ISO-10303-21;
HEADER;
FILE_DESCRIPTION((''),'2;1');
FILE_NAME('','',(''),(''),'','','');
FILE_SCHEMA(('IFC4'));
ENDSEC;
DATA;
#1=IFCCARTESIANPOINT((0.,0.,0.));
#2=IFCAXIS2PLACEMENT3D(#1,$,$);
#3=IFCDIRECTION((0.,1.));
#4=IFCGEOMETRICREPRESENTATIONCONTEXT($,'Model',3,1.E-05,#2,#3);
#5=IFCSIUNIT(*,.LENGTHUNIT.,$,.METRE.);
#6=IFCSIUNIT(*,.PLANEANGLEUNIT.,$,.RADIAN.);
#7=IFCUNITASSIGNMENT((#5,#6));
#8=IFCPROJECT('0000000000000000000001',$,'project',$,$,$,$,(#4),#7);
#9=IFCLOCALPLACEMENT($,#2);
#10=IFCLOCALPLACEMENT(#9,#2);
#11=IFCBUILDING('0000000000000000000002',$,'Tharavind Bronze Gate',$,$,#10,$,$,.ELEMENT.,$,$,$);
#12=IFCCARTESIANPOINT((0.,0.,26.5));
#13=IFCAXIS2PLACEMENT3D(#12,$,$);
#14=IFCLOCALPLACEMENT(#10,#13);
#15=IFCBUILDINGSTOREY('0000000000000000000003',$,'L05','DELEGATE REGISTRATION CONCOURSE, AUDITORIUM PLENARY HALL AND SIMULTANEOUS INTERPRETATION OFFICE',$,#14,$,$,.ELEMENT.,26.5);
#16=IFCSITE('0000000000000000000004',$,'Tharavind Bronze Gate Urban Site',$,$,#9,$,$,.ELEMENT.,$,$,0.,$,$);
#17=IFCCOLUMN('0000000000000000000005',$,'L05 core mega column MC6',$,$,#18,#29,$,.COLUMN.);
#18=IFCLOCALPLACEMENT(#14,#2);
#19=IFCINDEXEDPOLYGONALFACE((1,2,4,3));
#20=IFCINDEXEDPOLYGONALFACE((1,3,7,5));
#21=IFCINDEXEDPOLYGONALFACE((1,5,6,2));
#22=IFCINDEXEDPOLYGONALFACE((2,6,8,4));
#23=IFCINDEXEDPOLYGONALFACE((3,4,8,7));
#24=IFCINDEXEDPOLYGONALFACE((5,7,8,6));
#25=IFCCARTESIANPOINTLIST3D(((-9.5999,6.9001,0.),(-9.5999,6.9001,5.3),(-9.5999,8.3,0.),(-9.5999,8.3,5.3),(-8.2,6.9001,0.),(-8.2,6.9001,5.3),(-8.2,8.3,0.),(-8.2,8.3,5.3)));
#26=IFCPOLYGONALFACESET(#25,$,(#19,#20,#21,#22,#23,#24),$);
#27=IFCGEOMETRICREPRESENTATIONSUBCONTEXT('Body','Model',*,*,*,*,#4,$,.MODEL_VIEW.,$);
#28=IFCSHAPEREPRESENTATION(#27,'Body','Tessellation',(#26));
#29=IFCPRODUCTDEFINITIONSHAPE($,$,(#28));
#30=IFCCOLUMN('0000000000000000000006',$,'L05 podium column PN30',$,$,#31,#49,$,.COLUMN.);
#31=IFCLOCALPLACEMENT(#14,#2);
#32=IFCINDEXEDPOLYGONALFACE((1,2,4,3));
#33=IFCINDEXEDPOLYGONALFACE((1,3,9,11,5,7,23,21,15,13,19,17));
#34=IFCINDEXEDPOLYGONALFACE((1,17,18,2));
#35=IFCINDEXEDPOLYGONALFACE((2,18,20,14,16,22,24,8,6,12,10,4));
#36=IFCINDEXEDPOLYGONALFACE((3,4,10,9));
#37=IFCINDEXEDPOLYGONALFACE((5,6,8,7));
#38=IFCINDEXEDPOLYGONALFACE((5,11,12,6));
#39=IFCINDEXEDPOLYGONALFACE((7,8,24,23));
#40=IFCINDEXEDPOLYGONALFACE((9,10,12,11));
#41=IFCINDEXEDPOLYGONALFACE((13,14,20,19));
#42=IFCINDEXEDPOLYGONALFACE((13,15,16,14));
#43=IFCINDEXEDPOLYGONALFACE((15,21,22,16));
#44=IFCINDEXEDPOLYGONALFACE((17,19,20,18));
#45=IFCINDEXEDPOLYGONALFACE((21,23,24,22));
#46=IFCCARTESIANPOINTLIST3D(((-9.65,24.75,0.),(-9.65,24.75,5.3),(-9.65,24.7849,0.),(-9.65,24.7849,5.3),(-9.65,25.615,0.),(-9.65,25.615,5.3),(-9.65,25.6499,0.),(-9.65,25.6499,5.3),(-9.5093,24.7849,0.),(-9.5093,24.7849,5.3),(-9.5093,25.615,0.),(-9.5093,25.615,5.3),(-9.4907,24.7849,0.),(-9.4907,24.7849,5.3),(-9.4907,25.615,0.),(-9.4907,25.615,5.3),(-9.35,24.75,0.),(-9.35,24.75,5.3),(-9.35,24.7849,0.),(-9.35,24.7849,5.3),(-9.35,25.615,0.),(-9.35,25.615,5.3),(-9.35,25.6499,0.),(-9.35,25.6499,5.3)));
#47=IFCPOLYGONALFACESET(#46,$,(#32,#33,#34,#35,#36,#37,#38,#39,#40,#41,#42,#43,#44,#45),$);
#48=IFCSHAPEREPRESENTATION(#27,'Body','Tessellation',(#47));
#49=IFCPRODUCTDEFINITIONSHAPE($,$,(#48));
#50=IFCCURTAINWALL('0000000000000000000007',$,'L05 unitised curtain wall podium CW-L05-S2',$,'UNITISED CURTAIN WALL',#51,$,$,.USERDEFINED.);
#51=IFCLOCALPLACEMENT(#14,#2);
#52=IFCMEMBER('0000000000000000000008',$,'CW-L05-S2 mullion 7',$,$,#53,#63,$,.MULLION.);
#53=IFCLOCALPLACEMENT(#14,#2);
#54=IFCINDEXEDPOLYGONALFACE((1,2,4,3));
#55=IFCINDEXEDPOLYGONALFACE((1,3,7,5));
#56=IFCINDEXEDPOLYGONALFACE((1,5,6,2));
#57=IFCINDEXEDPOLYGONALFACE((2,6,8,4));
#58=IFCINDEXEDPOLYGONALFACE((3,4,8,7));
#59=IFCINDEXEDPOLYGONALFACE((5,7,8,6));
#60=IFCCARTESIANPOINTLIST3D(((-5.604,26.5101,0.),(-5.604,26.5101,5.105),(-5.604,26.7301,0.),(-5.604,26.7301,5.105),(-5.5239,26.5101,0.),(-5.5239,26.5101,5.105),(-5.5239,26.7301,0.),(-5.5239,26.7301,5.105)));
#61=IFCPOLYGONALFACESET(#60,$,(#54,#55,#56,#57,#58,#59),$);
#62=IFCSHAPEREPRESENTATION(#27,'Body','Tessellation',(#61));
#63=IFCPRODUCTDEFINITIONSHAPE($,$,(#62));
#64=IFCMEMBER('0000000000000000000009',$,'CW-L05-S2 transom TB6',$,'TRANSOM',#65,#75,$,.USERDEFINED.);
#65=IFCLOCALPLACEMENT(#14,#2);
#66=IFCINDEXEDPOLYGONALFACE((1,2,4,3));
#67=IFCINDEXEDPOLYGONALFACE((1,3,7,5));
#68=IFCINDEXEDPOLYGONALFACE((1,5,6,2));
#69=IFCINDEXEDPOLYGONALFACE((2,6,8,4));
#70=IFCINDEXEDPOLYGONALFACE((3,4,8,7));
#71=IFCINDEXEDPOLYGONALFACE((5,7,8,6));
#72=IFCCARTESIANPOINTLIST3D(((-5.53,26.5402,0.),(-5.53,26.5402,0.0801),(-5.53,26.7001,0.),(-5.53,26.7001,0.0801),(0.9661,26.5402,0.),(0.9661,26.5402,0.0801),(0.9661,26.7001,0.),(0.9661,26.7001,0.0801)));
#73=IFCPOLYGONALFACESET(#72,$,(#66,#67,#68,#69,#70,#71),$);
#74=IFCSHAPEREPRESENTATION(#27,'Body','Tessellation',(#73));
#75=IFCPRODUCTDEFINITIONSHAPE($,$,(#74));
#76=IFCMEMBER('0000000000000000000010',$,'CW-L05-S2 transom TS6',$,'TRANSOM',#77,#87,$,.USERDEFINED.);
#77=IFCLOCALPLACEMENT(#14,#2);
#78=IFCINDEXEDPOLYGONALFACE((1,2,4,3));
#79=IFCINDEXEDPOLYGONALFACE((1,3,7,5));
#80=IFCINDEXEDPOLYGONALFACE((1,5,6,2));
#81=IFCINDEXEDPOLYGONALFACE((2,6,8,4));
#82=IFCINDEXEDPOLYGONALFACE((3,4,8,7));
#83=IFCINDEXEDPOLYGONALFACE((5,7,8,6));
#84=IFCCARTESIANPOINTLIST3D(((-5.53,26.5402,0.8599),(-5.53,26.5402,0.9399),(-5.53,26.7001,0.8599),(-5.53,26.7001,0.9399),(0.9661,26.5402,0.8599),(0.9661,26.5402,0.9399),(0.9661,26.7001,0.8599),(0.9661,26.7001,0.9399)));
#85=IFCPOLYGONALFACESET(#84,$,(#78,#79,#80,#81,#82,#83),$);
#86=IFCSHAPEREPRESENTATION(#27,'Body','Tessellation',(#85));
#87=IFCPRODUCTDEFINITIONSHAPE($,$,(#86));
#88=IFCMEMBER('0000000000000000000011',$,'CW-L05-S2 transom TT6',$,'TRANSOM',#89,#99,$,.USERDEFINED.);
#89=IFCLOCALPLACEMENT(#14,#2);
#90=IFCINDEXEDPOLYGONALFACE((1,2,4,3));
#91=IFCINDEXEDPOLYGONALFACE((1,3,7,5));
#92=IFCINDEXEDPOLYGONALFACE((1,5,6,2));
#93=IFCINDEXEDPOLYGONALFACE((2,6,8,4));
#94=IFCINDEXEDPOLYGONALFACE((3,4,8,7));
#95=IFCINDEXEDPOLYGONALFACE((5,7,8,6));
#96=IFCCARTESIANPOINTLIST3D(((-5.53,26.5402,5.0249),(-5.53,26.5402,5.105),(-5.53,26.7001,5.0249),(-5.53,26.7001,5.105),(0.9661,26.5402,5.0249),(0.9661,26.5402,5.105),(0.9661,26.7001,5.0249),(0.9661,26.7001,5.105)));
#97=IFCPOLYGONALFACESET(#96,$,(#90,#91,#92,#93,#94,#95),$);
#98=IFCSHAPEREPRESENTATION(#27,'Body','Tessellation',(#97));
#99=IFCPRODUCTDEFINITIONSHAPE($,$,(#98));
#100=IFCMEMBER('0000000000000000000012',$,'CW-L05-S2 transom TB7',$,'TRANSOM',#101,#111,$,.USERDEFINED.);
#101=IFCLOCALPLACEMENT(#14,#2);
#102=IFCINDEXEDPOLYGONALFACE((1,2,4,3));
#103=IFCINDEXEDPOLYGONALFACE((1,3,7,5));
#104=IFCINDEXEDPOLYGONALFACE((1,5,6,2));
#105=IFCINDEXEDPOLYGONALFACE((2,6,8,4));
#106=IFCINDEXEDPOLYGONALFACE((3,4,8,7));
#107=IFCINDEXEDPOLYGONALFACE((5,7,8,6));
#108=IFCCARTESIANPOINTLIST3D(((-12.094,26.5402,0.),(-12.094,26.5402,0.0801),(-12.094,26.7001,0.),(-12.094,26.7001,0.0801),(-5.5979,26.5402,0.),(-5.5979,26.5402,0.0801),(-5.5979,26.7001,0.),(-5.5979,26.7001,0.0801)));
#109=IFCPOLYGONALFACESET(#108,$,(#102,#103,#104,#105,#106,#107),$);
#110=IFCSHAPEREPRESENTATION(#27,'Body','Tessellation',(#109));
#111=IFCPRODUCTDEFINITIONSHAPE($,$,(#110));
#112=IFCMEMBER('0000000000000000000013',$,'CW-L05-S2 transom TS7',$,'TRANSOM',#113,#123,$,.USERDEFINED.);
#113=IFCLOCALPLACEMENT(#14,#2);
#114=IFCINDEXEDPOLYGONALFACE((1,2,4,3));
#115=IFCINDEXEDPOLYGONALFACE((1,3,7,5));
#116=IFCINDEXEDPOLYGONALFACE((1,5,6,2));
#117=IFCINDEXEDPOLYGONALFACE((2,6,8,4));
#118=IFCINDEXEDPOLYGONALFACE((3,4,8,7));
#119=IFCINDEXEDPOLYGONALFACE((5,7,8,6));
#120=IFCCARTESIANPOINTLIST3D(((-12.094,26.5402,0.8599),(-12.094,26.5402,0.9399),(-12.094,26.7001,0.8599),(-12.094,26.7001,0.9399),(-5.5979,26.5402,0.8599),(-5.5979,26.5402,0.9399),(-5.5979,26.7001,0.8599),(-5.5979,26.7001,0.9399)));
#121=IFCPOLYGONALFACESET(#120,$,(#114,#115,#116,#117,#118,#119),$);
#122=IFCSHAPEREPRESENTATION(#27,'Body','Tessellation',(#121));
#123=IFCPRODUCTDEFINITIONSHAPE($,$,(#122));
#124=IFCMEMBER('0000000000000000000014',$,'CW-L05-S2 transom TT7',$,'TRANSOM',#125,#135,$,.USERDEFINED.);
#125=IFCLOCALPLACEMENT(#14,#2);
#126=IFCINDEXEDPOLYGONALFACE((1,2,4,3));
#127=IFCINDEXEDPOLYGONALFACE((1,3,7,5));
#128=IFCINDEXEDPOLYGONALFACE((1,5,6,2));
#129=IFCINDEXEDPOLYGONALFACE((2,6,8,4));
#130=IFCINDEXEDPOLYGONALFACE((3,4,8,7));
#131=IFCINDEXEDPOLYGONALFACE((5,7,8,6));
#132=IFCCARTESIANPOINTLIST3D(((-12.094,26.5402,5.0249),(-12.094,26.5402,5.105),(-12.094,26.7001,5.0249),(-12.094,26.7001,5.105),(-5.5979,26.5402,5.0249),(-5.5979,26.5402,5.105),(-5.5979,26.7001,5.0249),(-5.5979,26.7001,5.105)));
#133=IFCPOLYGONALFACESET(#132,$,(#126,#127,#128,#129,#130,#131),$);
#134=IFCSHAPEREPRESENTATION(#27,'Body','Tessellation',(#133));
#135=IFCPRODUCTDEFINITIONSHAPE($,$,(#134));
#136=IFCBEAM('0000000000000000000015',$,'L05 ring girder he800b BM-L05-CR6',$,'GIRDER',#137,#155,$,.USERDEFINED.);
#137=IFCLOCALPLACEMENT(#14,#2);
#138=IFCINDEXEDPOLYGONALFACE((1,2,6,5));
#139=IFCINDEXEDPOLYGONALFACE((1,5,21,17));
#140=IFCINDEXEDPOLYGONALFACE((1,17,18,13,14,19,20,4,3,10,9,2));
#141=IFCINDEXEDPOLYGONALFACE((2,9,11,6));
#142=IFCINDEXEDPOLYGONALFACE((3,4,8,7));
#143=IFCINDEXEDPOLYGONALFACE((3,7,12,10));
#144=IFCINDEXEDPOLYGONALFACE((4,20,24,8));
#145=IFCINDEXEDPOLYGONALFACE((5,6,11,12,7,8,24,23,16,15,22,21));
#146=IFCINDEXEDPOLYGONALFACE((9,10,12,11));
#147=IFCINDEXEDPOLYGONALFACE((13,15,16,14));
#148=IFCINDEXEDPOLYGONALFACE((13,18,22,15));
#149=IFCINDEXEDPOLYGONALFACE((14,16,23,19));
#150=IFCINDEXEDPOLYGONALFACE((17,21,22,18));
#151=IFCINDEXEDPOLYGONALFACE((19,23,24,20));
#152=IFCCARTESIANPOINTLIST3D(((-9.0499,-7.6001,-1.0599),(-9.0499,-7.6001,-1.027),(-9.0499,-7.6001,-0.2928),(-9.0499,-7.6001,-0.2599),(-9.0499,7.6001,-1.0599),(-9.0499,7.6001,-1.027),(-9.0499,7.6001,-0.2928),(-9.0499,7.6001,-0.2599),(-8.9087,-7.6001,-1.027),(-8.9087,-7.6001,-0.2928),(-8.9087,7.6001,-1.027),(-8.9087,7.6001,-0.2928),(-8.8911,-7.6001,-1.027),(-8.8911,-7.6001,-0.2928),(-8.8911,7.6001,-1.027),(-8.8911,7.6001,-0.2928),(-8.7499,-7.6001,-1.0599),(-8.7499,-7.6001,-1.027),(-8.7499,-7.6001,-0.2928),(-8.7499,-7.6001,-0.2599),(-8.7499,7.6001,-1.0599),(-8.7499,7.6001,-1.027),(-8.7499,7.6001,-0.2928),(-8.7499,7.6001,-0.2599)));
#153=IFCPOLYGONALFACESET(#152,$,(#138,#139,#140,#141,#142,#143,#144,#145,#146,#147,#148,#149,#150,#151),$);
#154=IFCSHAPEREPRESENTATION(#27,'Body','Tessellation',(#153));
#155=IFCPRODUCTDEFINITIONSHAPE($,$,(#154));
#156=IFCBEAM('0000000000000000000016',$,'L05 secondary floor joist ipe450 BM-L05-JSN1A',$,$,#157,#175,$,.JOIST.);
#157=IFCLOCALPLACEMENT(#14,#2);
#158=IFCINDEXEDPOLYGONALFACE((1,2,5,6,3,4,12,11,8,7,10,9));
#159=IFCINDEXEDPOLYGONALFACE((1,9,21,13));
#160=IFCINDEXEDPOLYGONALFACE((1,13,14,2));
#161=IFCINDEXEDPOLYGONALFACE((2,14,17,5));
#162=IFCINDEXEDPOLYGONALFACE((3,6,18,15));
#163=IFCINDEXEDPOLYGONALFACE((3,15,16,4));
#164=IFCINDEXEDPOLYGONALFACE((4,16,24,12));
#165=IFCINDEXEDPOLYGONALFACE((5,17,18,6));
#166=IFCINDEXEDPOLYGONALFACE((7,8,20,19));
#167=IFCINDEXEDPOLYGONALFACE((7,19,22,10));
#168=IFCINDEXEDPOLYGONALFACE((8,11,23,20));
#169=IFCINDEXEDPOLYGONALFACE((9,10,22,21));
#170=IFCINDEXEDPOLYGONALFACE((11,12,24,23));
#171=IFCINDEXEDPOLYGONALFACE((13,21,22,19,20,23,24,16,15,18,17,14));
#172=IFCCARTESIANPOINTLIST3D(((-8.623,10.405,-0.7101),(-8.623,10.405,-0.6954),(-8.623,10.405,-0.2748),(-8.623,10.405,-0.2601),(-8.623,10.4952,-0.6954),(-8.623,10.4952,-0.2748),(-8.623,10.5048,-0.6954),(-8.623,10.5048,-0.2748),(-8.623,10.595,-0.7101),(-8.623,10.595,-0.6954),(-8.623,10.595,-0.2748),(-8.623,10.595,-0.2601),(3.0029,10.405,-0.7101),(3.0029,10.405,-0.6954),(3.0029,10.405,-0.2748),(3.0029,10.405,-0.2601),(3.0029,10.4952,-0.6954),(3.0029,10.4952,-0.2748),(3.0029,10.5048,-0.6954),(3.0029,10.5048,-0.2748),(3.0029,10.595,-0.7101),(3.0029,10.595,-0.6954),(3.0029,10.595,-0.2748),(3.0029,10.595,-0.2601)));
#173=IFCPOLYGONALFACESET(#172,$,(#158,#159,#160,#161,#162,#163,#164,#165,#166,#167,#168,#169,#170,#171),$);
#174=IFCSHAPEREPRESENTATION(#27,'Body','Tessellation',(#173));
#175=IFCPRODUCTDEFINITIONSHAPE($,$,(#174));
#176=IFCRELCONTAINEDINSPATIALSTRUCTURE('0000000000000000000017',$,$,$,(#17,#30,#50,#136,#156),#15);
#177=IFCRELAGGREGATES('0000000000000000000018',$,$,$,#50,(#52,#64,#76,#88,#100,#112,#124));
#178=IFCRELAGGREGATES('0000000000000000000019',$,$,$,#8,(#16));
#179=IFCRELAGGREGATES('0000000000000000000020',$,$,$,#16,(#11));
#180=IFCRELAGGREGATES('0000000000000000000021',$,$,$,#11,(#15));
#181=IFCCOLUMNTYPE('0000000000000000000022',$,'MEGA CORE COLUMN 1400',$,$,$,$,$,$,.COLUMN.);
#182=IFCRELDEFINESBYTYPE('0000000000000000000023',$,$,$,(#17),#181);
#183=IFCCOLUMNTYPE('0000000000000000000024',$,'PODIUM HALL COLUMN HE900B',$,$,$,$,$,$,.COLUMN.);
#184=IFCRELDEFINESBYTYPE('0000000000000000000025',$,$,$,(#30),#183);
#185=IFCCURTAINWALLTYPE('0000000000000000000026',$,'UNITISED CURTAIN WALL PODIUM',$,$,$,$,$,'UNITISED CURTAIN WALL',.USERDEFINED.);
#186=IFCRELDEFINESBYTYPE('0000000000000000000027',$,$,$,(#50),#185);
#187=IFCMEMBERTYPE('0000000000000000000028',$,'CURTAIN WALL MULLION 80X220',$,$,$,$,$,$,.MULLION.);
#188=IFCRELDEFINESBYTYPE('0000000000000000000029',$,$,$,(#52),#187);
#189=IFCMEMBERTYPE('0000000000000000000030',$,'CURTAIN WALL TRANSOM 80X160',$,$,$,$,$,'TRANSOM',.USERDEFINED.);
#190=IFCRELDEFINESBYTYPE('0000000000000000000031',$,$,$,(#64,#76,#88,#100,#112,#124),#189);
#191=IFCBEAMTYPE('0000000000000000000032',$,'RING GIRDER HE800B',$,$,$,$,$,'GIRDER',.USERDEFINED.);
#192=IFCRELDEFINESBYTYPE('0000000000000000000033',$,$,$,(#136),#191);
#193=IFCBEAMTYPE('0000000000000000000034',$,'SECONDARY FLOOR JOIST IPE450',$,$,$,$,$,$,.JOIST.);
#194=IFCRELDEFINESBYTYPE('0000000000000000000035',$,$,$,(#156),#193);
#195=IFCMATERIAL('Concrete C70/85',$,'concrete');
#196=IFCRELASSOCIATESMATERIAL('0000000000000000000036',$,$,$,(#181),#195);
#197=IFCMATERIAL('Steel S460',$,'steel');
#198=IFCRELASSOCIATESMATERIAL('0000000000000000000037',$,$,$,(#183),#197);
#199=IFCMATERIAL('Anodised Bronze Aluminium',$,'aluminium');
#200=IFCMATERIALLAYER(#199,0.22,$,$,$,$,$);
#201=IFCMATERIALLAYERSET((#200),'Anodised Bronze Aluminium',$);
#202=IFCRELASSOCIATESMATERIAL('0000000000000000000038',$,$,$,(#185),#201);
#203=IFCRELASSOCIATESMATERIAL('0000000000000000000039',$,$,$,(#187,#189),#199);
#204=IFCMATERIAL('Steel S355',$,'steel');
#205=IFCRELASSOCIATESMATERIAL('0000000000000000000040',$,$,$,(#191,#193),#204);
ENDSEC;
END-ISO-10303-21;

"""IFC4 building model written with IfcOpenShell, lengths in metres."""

from ifc_helpers import new_model, si_unit, direction, frame, origin, origin_2d, place, context, subcontext, project, spatial, rectangle, i_section, extrude, material, layer, layer_set, material_profile, profile_set, type_object, element, aggregate, save


model = new_model("IFC4")

# Units and contexts
model_context = context("Model", 3, precision=1e-05, world=origin(), true_north=direction((0.0, 1.0)))
body_context = subcontext(model_context, "Body", "Model", "MODEL_VIEW")
ifc_project = project(units=[si_unit("LENGTHUNIT", "METRE"), si_unit("PLANEANGLEUNIT", "RADIAN")], contexts=[model_context])

# Site, building, storey
site_placement = place(None, origin())
site = spatial("IfcSite", under=ifc_project, at=site_placement, Name="Tharavind Bronze Gate Urban Site", CompositionType="ELEMENT", RefElevation=0.0)
building_placement = place(site_placement, origin())
building = spatial("IfcBuilding", under=site, at=building_placement, Name="Tharavind Bronze Gate", CompositionType="ELEMENT")
storey_placement = place(building_placement, frame((0.0, 0.0, 26.5)))
storey = spatial("IfcBuildingStorey", under=building, at=storey_placement, Name="L05", Description="DELEGATE REGISTRATION CONCOURSE, AUDITORIUM PLENARY HALL AND SIMULTANEOUS INTERPRETATION OFFICE", CompositionType="ELEMENT", Elevation=26.5)

# Columns
ifc_material_1 = material(Name="Concrete C70/85", Category="concrete")
ifc_material_profile_1 = material_profile(ifc_material_1, rectangle(XDim=1.3999, YDim=1.3999, at=origin_2d()), Name="RCCOL1400")
ifc_profile_set_1 = profile_set([ifc_material_profile_1], Name="Concrete C70/85")
column_type_1 = type_object("IfcColumnType", Name="MEGA CORE COLUMN 1400", PredefinedType="COLUMN", material=ifc_profile_set_1)
column_1_placement = place(storey_placement, frame((-8.8999, 7.6001, 0.0), z_axis=(0.0, 0.0, 1.0), x_axis=(1.0, 0.0, 0.0)))
element("IfcColumn", 1, at=column_1_placement, inside=storey, type_object=column_type_1, Name="L05 core mega column MC6", PredefinedType="COLUMN", context=body_context, shape_type="SweptSolid", body=[
    extrude(rectangle(XDim=1.3999, YDim=1.3999, at=origin_2d()), origin(), (0.0, 0.0, 1.0), 5.3),
])
ifc_material_2 = material(Name="Steel S460", Category="steel")
ifc_material_profile_2 = material_profile(ifc_material_2, i_section(OverallWidth=0.3, OverallDepth=0.8999, WebThickness=0.0186, FlangeThickness=0.0349, at=origin_2d()), Name="HE900B")
ifc_profile_set_2 = profile_set([ifc_material_profile_2], Name="Steel S460")
column_type_2 = type_object("IfcColumnType", Name="PODIUM HALL COLUMN HE900B", PredefinedType="COLUMN", material=ifc_profile_set_2)
column_2_placement = place(storey_placement, frame((-9.5, 25.2, 0.0), z_axis=(0.0, 0.0, 1.0), x_axis=(1.0, 0.0, 0.0)))
element("IfcColumn", 2, at=column_2_placement, inside=storey, type_object=column_type_2, Name="L05 podium column PN30", PredefinedType="COLUMN", context=body_context, shape_type="SweptSolid", body=[
    extrude(i_section(OverallWidth=0.3, OverallDepth=0.8999, WebThickness=0.0186, FlangeThickness=0.0349, at=origin_2d()), origin(), (0.0, 0.0, 1.0), 5.3),
])

# Curtain wall, members
ifc_material_3 = material(Name="Anodised Bronze Aluminium", Category="aluminium")
ifc_layer_1 = layer(ifc_material_3, 0.22)
ifc_layer_set_1 = layer_set([ifc_layer_1], Name="Anodised Bronze Aluminium")
curtain_wall_type = type_object("IfcCurtainWallType", Name="UNITISED CURTAIN WALL PODIUM", ElementType="UNITISED CURTAIN WALL", PredefinedType="USERDEFINED", material=ifc_layer_set_1)
curtain_wall_placement = place(storey_placement, origin())
curtain_wall = element("IfcCurtainWall", 3, at=curtain_wall_placement, inside=storey, type_object=curtain_wall_type, Name="L05 unitised curtain wall podium CW-L05-S2", ObjectType="UNITISED CURTAIN WALL", PredefinedType="USERDEFINED")
member_type_1 = type_object("IfcMemberType", Name="CURTAIN WALL MULLION 80X220", PredefinedType="MULLION", material=ifc_material_3)
member_1_placement = place(storey_placement, frame((-5.564, 26.6201, 0.0), z_axis=(0.0, 0.0, 1.0), x_axis=(-1.0, 0.0, 0.0)))
member_1 = element("IfcMember", 4, at=member_1_placement, type_object=member_type_1, Name="CW-L05-S2 mullion 7", PredefinedType="MULLION", context=body_context, shape_type="SweptSolid", body=[
    extrude(rectangle(XDim=0.0801, YDim=0.22, at=origin_2d()), origin(), (0.0, 0.0, 1.0), 5.105),
])
member_type_2 = type_object("IfcMemberType", Name="CURTAIN WALL TRANSOM 80X160", ElementType="TRANSOM", PredefinedType="USERDEFINED", material=ifc_material_3)
member_2_placement = place(storey_placement, frame((-2.282, 26.6201, 0.0), z_axis=(0.0, 0.0, 1.0), x_axis=(-1.0, 0.0, 0.0)))
member_2 = element("IfcMember", 5, at=member_2_placement, type_object=member_type_2, Name="CW-L05-S2 transom TB6", ObjectType="TRANSOM", PredefinedType="USERDEFINED", context=body_context, shape_type="SweptSolid", body=[
    extrude(rectangle(XDim=6.4961, YDim=0.1599, at=origin_2d()), origin(), (0.0, 0.0, 1.0), 0.0801),
])
member_3_placement = place(storey_placement, frame((-2.282, 26.6201, 0.8599), z_axis=(0.0, 0.0, 1.0), x_axis=(-1.0, 0.0, 0.0)))
member_3 = element("IfcMember", 6, at=member_3_placement, type_object=member_type_2, Name="CW-L05-S2 transom TS6", ObjectType="TRANSOM", PredefinedType="USERDEFINED", context=body_context, shape_type="SweptSolid", body=[
    extrude(rectangle(XDim=6.4961, YDim=0.1599, at=origin_2d()), origin(), (0.0, 0.0, 1.0), 0.0801),
])
member_4_placement = place(storey_placement, frame((-2.282, 26.6201, 5.0249), z_axis=(0.0, 0.0, 1.0), x_axis=(-1.0, 0.0, 0.0)))
member_4 = element("IfcMember", 7, at=member_4_placement, type_object=member_type_2, Name="CW-L05-S2 transom TT6", ObjectType="TRANSOM", PredefinedType="USERDEFINED", context=body_context, shape_type="SweptSolid", body=[
    extrude(rectangle(XDim=6.4961, YDim=0.1599, at=origin_2d()), origin(), (0.0, 0.0, 1.0), 0.0801),
])
member_5_placement = place(storey_placement, frame((-8.8459, 26.6201, 0.0), z_axis=(0.0, 0.0, 1.0), x_axis=(-1.0, 0.0, 0.0)))
member_5 = element("IfcMember", 8, at=member_5_placement, type_object=member_type_2, Name="CW-L05-S2 transom TB7", ObjectType="TRANSOM", PredefinedType="USERDEFINED", context=body_context, shape_type="SweptSolid", body=[
    extrude(rectangle(XDim=6.4961, YDim=0.1599, at=origin_2d()), origin(), (0.0, 0.0, 1.0), 0.0801),
])
member_6_placement = place(storey_placement, frame((-8.8459, 26.6201, 0.8599), z_axis=(0.0, 0.0, 1.0), x_axis=(-1.0, 0.0, 0.0)))
member_6 = element("IfcMember", 9, at=member_6_placement, type_object=member_type_2, Name="CW-L05-S2 transom TS7", ObjectType="TRANSOM", PredefinedType="USERDEFINED", context=body_context, shape_type="SweptSolid", body=[
    extrude(rectangle(XDim=6.4961, YDim=0.1599, at=origin_2d()), origin(), (0.0, 0.0, 1.0), 0.0801),
])
member_7_placement = place(storey_placement, frame((-8.8459, 26.6201, 5.0249), z_axis=(0.0, 0.0, 1.0), x_axis=(-1.0, 0.0, 0.0)))
member_7 = element("IfcMember", 10, at=member_7_placement, type_object=member_type_2, Name="CW-L05-S2 transom TT7", ObjectType="TRANSOM", PredefinedType="USERDEFINED", context=body_context, shape_type="SweptSolid", body=[
    extrude(rectangle(XDim=6.4961, YDim=0.1599, at=origin_2d()), origin(), (0.0, 0.0, 1.0), 0.0801),
])

# Beams
ifc_material_4 = material(Name="Steel S355", Category="steel")
ifc_material_profile_3 = material_profile(ifc_material_4, i_section(OverallWidth=0.3, OverallDepth=0.8, WebThickness=0.0176, FlangeThickness=0.033, at=origin_2d()), Name="HE800B")
ifc_profile_set_3 = profile_set([ifc_material_profile_3], Name="Steel S355")
beam_type_1 = type_object("IfcBeamType", Name="RING GIRDER HE800B", ElementType="GIRDER", PredefinedType="USERDEFINED", material=ifc_profile_set_3)
beam_1_placement = place(storey_placement, frame((-8.8999, 7.6001, -0.6599), z_axis=(0.0, -1.0, 0.0), x_axis=(1.0, 0.0, 0.0)))
element("IfcBeam", 11, at=beam_1_placement, inside=storey, type_object=beam_type_1, Name="L05 ring girder he800b BM-L05-CR6", ObjectType="GIRDER", PredefinedType="USERDEFINED", context=body_context, shape_type="SweptSolid", body=[
    extrude(i_section(OverallWidth=0.3, OverallDepth=0.8, WebThickness=0.0176, FlangeThickness=0.033, at=origin_2d()), origin(), (0.0, 0.0, 1.0), 15.2002),
])
ifc_material_profile_4 = material_profile(ifc_material_4, i_section(OverallWidth=0.1899, OverallDepth=0.45, WebThickness=0.0095, FlangeThickness=0.0146, at=origin_2d()), Name="IPE450")
ifc_profile_set_4 = profile_set([ifc_material_profile_4], Name="Steel S355")
beam_type_2 = type_object("IfcBeamType", Name="SECONDARY FLOOR JOIST IPE450", PredefinedType="JOIST", material=ifc_profile_set_4)
for number, where, z_axis, x_axis, name in (
    (12, (-8.623, 10.5, -0.4851), (1.0, 0.0, 0.0), (0.0, 1.0, 0.0), "L05 secondary floor joist ipe450 BM-L05-JSN1A"),
):
    element("IfcBeam", number, at=place(storey_placement, frame(where, z_axis=z_axis, x_axis=x_axis)), inside=storey, type_object=beam_type_2, Name=name, PredefinedType="JOIST", context=body_context, shape_type="SweptSolid", body=[
        extrude(i_section(OverallWidth=0.1899, OverallDepth=0.45, WebThickness=0.0095, FlangeThickness=0.0146, at=origin_2d()), origin(), (0.0, 0.0, 1.0), 11.626),
    ])

aggregate(curtain_wall, [member_1, member_2, member_3, member_4, member_5, member_6, member_7])

save(model, "model.ifc")
